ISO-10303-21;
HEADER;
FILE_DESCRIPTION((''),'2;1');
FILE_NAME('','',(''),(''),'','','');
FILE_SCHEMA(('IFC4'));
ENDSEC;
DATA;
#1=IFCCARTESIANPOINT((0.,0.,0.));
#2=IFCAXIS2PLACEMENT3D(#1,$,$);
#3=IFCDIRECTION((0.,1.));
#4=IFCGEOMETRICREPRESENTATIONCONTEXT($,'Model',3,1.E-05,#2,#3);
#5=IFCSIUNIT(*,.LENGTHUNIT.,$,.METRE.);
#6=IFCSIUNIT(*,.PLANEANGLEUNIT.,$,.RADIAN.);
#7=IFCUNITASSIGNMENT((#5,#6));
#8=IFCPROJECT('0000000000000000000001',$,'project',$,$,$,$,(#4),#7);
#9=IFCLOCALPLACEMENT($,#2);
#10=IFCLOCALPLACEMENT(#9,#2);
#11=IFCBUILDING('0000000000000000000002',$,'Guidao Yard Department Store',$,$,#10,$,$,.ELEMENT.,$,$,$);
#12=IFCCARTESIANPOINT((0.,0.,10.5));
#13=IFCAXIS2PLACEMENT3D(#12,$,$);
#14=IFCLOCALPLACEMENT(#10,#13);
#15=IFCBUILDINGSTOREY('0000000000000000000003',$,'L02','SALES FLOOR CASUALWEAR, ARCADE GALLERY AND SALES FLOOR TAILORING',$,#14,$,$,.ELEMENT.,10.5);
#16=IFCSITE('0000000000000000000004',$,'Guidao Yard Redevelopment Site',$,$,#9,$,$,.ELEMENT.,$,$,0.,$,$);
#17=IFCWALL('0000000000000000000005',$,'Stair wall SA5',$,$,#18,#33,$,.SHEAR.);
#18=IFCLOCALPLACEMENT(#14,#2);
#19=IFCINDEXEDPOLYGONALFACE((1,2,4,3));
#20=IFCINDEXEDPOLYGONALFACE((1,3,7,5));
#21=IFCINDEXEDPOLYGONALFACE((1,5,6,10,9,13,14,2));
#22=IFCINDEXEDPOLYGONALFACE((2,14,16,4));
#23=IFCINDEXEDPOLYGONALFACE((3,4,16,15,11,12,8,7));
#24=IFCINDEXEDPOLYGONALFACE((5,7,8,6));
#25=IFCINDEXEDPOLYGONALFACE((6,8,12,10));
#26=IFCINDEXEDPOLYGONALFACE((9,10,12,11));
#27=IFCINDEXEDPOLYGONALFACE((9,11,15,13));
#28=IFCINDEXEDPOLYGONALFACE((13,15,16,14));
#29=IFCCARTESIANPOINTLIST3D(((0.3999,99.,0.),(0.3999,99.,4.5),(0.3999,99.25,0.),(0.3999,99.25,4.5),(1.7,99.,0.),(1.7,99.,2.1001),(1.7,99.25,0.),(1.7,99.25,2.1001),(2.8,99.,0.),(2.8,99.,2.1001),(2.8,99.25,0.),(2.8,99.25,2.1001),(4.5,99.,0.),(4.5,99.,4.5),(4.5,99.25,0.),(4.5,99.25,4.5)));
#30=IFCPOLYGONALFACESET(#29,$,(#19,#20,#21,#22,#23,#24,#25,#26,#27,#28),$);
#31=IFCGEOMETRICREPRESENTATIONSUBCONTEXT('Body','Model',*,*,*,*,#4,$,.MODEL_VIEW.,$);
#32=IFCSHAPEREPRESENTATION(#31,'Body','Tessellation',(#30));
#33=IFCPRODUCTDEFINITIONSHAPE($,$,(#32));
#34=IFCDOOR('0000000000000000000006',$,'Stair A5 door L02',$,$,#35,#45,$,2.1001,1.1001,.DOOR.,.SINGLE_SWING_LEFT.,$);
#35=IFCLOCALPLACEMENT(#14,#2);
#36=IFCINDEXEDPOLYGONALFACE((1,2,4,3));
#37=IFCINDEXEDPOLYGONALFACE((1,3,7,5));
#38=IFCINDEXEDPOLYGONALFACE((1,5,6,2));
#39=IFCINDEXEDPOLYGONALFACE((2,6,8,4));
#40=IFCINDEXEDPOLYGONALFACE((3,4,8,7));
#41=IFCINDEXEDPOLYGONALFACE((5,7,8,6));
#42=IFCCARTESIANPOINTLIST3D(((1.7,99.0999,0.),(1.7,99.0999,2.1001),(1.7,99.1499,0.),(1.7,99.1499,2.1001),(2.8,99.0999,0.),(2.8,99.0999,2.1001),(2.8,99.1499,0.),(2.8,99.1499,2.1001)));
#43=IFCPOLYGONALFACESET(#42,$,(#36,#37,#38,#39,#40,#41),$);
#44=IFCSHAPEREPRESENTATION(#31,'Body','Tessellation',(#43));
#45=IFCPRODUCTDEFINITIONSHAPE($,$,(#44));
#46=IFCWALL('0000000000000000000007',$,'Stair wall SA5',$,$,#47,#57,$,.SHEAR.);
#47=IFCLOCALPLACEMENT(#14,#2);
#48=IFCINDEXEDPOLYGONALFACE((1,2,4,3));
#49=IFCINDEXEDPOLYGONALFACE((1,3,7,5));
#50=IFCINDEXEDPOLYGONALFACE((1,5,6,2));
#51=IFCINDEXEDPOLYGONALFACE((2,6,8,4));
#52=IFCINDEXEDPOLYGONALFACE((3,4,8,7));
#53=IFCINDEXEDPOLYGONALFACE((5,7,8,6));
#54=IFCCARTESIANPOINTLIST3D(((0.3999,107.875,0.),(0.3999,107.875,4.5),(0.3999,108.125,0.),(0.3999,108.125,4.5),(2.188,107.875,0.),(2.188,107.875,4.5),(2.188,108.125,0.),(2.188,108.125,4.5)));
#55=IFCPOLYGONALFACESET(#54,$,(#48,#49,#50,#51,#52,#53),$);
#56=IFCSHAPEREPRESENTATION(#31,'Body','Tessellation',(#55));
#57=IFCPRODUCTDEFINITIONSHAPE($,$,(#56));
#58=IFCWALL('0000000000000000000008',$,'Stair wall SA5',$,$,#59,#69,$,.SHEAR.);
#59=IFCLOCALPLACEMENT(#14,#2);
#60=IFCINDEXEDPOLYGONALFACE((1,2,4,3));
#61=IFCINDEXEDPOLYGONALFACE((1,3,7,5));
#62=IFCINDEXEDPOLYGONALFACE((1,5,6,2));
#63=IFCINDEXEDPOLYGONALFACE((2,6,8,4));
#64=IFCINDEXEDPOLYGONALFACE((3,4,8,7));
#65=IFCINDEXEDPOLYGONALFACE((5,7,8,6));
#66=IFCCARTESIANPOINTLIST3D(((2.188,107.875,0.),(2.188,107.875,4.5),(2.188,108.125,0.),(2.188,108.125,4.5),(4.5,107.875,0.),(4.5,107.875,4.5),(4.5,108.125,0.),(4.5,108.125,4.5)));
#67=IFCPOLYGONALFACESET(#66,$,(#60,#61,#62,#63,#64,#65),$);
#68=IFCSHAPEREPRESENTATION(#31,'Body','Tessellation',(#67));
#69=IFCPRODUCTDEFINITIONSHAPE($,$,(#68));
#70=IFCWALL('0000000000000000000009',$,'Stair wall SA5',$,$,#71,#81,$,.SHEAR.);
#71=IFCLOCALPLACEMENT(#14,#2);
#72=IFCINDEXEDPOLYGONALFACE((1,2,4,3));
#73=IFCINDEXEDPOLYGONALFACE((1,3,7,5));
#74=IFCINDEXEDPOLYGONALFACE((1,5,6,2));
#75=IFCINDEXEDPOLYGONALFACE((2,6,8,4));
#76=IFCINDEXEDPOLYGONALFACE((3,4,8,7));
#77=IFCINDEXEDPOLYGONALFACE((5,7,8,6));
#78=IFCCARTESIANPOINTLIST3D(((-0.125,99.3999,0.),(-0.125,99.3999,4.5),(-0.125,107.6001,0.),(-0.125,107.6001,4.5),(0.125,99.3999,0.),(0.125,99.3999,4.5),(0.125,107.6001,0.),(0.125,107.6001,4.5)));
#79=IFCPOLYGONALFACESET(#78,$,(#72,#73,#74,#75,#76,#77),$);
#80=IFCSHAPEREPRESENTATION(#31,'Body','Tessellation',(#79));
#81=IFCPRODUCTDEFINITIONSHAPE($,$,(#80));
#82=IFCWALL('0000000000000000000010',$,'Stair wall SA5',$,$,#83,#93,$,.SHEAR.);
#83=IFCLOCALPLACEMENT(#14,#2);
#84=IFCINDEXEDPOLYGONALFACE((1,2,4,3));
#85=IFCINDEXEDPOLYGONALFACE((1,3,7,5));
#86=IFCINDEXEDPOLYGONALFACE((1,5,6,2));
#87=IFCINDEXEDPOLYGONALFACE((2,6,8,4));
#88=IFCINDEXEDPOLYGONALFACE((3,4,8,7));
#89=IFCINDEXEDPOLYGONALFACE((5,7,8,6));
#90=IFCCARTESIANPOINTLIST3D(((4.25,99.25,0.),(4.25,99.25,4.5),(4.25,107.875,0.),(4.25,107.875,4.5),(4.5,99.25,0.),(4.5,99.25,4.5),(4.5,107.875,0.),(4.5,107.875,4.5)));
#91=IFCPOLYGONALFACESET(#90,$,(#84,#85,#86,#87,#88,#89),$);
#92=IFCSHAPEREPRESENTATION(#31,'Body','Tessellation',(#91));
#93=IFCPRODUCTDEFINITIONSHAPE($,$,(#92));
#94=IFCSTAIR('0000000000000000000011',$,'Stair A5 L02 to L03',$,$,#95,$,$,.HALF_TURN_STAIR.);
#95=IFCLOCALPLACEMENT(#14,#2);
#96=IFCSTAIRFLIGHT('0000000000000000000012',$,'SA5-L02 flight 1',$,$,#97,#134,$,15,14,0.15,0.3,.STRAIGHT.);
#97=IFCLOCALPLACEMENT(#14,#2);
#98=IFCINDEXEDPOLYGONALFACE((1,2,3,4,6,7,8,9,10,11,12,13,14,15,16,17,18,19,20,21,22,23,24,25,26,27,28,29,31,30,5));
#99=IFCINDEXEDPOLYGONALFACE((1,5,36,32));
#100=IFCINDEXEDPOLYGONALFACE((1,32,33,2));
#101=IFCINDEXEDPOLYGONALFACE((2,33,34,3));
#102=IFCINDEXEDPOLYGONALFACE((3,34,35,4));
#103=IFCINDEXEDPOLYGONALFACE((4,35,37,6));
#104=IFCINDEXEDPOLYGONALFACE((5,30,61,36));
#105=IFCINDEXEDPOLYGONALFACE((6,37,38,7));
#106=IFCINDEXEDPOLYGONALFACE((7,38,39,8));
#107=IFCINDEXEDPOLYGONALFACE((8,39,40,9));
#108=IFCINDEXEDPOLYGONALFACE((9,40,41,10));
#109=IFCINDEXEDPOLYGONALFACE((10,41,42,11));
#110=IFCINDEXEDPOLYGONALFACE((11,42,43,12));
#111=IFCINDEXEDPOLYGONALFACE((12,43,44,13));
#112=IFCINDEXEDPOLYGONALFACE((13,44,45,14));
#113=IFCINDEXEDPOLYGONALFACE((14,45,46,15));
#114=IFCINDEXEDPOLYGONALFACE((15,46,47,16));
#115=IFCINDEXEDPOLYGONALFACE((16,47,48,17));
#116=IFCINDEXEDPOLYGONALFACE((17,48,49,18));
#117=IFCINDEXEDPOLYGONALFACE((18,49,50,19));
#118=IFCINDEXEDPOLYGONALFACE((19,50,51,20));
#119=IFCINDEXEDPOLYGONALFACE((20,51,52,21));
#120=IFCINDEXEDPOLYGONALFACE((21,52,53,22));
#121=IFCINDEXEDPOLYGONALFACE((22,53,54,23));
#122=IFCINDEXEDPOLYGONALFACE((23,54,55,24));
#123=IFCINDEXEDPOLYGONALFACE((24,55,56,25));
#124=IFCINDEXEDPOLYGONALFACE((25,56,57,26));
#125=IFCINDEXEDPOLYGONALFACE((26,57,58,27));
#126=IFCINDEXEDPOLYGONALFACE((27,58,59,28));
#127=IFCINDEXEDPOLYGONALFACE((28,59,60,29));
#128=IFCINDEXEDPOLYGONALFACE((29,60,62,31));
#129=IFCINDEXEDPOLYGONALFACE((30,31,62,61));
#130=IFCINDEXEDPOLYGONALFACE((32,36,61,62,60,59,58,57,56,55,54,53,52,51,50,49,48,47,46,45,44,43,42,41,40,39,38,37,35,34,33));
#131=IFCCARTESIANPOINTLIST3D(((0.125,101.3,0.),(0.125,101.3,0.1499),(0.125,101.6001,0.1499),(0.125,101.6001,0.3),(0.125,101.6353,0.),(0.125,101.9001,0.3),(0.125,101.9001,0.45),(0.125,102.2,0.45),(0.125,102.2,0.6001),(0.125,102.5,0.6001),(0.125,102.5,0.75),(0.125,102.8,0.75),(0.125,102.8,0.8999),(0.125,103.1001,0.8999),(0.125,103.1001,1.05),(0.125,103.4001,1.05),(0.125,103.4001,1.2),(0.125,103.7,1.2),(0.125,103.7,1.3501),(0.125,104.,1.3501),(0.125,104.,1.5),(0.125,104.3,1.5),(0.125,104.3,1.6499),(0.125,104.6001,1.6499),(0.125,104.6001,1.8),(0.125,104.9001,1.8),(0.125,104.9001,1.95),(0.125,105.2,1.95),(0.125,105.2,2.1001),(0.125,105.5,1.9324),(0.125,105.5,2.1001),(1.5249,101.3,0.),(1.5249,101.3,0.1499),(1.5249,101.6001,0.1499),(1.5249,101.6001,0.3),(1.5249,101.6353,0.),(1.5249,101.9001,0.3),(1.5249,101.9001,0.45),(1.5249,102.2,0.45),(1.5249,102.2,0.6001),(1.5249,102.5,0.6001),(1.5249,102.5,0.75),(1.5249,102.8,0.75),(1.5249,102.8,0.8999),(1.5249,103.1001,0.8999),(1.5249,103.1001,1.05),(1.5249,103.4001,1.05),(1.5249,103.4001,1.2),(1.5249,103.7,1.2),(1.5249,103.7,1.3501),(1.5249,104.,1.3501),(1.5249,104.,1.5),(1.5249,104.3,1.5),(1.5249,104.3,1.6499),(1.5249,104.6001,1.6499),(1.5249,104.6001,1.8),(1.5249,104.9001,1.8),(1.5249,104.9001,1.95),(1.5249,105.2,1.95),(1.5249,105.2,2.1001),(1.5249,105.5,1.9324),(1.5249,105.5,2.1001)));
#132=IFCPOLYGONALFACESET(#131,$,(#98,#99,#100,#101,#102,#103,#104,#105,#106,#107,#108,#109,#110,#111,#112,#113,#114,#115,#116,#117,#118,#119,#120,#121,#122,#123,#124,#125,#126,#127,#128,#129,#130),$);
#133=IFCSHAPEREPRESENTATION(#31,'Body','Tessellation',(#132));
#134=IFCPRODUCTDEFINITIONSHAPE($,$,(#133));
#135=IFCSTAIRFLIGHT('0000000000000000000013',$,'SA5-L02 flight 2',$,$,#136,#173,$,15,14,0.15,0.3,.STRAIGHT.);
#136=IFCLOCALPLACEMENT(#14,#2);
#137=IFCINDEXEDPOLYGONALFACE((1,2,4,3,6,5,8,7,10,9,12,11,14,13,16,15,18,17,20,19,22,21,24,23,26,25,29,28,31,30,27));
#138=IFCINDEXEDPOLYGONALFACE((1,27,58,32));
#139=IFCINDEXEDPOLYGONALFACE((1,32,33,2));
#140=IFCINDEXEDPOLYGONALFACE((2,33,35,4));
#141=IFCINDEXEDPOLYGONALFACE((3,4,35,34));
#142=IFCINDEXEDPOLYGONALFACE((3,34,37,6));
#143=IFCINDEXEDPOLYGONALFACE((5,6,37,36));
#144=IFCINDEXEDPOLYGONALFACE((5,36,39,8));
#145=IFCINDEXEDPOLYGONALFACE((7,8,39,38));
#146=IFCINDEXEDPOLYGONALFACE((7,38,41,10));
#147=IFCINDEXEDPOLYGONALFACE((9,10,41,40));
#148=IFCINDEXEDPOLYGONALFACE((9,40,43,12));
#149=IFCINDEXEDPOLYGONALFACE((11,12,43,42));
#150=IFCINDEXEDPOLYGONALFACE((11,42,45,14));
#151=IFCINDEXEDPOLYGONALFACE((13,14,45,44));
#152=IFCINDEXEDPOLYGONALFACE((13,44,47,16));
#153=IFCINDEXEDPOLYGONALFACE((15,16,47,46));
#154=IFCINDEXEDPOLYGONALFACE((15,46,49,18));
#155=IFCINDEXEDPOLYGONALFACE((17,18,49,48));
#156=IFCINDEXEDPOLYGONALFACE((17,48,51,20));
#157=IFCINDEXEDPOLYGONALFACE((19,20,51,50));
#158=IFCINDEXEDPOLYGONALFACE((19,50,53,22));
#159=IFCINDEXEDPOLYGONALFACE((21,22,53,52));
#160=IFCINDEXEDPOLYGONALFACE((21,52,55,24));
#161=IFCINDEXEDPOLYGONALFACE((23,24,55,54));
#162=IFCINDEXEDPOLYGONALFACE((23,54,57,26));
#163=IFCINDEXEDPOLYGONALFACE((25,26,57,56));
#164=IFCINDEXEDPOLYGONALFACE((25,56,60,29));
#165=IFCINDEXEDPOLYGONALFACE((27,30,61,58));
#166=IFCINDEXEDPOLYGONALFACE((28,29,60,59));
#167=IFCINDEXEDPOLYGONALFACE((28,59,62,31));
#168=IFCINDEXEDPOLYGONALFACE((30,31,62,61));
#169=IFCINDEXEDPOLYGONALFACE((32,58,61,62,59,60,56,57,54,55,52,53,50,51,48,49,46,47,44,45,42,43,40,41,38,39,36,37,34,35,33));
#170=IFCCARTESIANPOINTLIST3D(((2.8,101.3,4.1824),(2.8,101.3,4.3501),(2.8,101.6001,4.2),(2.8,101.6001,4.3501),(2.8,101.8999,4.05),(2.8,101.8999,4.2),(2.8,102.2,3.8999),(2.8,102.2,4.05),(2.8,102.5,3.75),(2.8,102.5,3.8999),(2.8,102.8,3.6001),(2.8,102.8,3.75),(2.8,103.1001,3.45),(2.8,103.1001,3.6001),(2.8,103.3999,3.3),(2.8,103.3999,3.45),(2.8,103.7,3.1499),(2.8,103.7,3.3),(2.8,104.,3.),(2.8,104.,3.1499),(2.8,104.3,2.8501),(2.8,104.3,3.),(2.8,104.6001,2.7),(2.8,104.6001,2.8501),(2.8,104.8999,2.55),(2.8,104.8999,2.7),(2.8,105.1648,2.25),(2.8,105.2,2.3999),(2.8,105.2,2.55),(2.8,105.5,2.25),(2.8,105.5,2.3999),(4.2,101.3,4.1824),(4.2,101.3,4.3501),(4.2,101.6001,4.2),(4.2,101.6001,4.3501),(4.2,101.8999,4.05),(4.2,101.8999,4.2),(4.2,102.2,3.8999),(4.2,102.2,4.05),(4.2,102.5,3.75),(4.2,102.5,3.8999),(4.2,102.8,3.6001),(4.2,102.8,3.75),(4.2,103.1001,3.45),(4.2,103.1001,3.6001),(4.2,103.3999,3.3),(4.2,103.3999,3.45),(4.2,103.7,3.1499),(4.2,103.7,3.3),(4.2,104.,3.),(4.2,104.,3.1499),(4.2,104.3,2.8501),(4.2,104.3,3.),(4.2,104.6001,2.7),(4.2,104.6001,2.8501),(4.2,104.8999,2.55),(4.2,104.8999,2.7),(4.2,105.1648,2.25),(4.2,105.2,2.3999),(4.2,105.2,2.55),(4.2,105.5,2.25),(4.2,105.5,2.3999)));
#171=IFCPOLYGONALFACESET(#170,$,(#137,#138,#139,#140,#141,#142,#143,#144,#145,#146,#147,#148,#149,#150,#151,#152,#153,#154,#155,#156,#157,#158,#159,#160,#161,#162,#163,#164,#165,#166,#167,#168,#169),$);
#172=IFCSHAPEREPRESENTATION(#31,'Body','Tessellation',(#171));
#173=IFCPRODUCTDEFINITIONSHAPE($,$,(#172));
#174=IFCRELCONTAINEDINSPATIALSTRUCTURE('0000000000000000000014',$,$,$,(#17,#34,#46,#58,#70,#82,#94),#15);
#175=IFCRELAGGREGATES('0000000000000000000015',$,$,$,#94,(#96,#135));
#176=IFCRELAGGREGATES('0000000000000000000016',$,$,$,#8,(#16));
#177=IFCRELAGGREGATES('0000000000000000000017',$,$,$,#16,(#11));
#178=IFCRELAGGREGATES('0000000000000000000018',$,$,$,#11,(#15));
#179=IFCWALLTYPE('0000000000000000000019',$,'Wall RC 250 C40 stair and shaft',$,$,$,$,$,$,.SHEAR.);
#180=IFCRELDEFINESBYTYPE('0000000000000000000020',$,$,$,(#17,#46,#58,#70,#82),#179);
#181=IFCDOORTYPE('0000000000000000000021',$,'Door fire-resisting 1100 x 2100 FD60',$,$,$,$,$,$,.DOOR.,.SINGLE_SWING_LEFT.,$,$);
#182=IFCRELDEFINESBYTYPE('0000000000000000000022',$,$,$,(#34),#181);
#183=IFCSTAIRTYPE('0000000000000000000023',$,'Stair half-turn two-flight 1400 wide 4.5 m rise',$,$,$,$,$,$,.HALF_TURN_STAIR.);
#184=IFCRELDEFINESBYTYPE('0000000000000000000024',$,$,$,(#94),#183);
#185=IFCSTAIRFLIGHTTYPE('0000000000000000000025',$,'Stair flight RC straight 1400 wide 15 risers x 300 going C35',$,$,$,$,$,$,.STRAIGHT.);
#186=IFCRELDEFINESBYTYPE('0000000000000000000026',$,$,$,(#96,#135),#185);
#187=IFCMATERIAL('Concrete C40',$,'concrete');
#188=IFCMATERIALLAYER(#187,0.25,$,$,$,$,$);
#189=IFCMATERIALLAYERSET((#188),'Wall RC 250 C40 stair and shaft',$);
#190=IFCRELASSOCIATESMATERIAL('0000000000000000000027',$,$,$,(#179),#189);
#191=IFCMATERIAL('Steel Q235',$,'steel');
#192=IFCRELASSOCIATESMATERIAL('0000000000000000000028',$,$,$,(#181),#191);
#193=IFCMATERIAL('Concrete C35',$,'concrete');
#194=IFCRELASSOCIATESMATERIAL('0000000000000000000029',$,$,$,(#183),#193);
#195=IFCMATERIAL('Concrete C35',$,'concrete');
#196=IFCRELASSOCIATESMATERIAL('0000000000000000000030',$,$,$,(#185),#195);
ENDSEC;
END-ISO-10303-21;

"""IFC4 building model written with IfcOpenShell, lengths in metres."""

from ifc_helpers import new_model, si_unit, direction, frame, frame_2d, origin, place, context, subcontext, project, spatial, polyline, rectangle, outline, extrude, material, layer, layer_set, type_object, element, fill, aggregate, save


model = new_model("IFC4")

# Units and contexts
model_context = context("Model", 3, precision=1e-05, world=origin(), true_north=direction((0.0, 1.0)))
body_context = subcontext(model_context, "Body", "Model", "MODEL_VIEW")
ifc_project = project(units=[si_unit("LENGTHUNIT", "METRE"), si_unit("PLANEANGLEUNIT", "RADIAN")], contexts=[model_context])

# Site, building, storey
site_placement = place(None, origin())
site = spatial("IfcSite", under=ifc_project, at=site_placement, Name="Guidao Yard Redevelopment Site", CompositionType="ELEMENT", RefElevation=0.0)
building_placement = place(site_placement, origin())
building = spatial("IfcBuilding", under=site, at=building_placement, Name="Guidao Yard Department Store", CompositionType="ELEMENT")
storey_placement = place(building_placement, frame((0.0, 0.0, 10.5)))
storey = spatial("IfcBuildingStorey", under=building, at=storey_placement, Name="L02", Description="SALES FLOOR CASUALWEAR, ARCADE GALLERY AND SALES FLOOR TAILORING", CompositionType="ELEMENT", Elevation=10.5)

# Wall, opening, door
ifc_material_1 = material(Name="Concrete C40", Category="concrete")
ifc_layer_1 = layer(ifc_material_1, 0.25)
ifc_layer_set_1 = layer_set([ifc_layer_1], Name="Wall RC 250 C40 stair and shaft")
wall_type_1 = type_object("IfcWallType", Name="Wall RC 250 C40 stair and shaft", PredefinedType="SHEAR", material=ifc_layer_set_1)
wall_1_placement = place(storey_placement, frame((0.3999, 99.125, 0.0), z_axis=(0.0, 0.0, 1.0), x_axis=(1.0, 0.0, 0.0)))
wall_1 = element("IfcWall", 1, at=wall_1_placement, inside=storey, type_object=wall_type_1, Name="Stair wall SA5", PredefinedType="SHEAR", context=body_context, shape_type="SweptSolid", body=[
    extrude(rectangle(XDim=4.1001, YDim=0.25, at=frame_2d((2.05, 0.0))), origin(), (0.0, 0.0, 1.0), 4.5),
])
opening_1_placement = place(wall_1_placement, frame((1.3, 0.0, 0.0)))
opening_1 = element("IfcOpeningElement", 2, at=opening_1_placement, cuts=wall_1, PredefinedType="OPENING", context=body_context, shape_type="SweptSolid", body=[
    extrude(rectangle(XDim=1.1001, YDim=2.1001, at=frame_2d((0.55, 1.05))), frame((0.0, 0.135, 0.0), z_axis=(0.0, -1.0, 0.0), x_axis=(1.0, 0.0, 0.0)), (0.0, 0.0, 1.0), 0.27),
])
ifc_material_2 = material(Name="Steel Q235", Category="steel")
door_type = type_object("IfcDoorType", Name="Door fire-resisting 1100 x 2100 FD60", OperationType="SINGLE_SWING_LEFT", PredefinedType="DOOR", material=ifc_material_2)
door_placement = place(opening_1_placement, origin())
door = element("IfcDoor", 3, at=door_placement, inside=storey, type_object=door_type, Name="Stair A5 door L02", OperationType="SINGLE_SWING_LEFT", OverallHeight=2.1001, OverallWidth=1.1001, PredefinedType="DOOR", context=body_context, shape_type="SweptSolid", body=[
    extrude(rectangle(XDim=1.1001, YDim=2.1001, at=frame_2d((0.55, 1.05))), frame((0.0, 0.0249, 0.0), z_axis=(0.0, -1.0, 0.0), x_axis=(1.0, 0.0, 0.0)), (0.0, 0.0, 1.0), 0.05),
])
fill(opening_1, door)

# Walls
wall_2_placement = place(storey_placement, frame((0.3999, 108.0, 0.0), z_axis=(0.0, 0.0, 1.0), x_axis=(1.0, 0.0, 0.0)))
element("IfcWall", 4, at=wall_2_placement, inside=storey, type_object=wall_type_1, Name="Stair wall SA5", PredefinedType="SHEAR", context=body_context, shape_type="SweptSolid", body=[
    extrude(rectangle(XDim=1.7881, YDim=0.25, at=frame_2d((0.894, 0.0))), origin(), (0.0, 0.0, 1.0), 4.5),
])
wall_3_placement = place(storey_placement, frame((2.188, 108.0, 0.0), z_axis=(0.0, 0.0, 1.0), x_axis=(1.0, 0.0, 0.0)))
element("IfcWall", 5, at=wall_3_placement, inside=storey, type_object=wall_type_1, Name="Stair wall SA5", PredefinedType="SHEAR", context=body_context, shape_type="SweptSolid", body=[
    extrude(rectangle(XDim=2.312, YDim=0.25, at=frame_2d((1.156, 0.0))), origin(), (0.0, 0.0, 1.0), 4.5),
])
wall_4_placement = place(storey_placement, frame((0.0, 99.3999, 0.0), z_axis=(0.0, 0.0, 1.0), x_axis=(0.0, 1.0, 0.0)))
element("IfcWall", 6, at=wall_4_placement, inside=storey, type_object=wall_type_1, Name="Stair wall SA5", PredefinedType="SHEAR", context=body_context, shape_type="SweptSolid", body=[
    extrude(rectangle(XDim=8.2002, YDim=0.25, at=frame_2d((4.1001, 0.0))), origin(), (0.0, 0.0, 1.0), 4.5),
])
wall_5_placement = place(storey_placement, frame((4.375, 99.25, 0.0), z_axis=(0.0, 0.0, 1.0), x_axis=(0.0, 1.0, 0.0)))
element("IfcWall", 7, at=wall_5_placement, inside=storey, type_object=wall_type_1, Name="Stair wall SA5", PredefinedType="SHEAR", context=body_context, shape_type="SweptSolid", body=[
    extrude(rectangle(XDim=8.625, YDim=0.25, at=frame_2d((4.3125, 0.0))), origin(), (0.0, 0.0, 1.0), 4.5),
])

# Stair, stair flights
ifc_material_3 = material(Name="Concrete C35", Category="concrete")
stair_type = type_object("IfcStairType", Name="Stair half-turn two-flight 1400 wide 4.5 m rise", PredefinedType="HALF_TURN_STAIR", material=ifc_material_3)
stair_placement = place(storey_placement, origin())
stair = element("IfcStair", 8, at=stair_placement, inside=storey, type_object=stair_type, Name="Stair A5 L02 to L03", PredefinedType="HALF_TURN_STAIR")
ifc_material_4 = material(Name="Concrete C35", Category="concrete")
stair_flight_type = type_object("IfcStairFlightType", Name="Stair flight RC straight 1400 wide 15 risers x 300 going C35", PredefinedType="STRAIGHT", material=ifc_material_4)
stair_flight_1_placement = place(storey_placement, frame((0.825, 101.3, 0.0), z_axis=(0.0, 0.0, 1.0), x_axis=(0.0, 1.0, 0.0)))
stair_flight_1 = element("IfcStairFlight", 9, at=stair_flight_1_placement, type_object=stair_flight_type, Name="SA5-L02 flight 1", NumberOfRisers=15, NumberOfTreads=14, PredefinedType="STRAIGHT", RiserHeight=0.15, TreadLength=0.3, context=body_context, shape_type="SweptSolid", body=[
    extrude(outline(polyline([(0.0, 0.0), (0.0, 0.1499), (0.3, 0.1499), (0.3, 0.3), (0.6001, 0.3), (0.6001, 0.45), (0.8999, 0.45), (0.8999, 0.6001), (1.2, 0.6001), (1.2, 0.75), (1.5, 0.75), (1.5, 0.8999), (1.8, 0.8999), (1.8, 1.05), (2.1001, 1.05), (2.1001, 1.2), (2.3999, 1.2), (2.3999, 1.3501), (2.7, 1.3501), (2.7, 1.5), (3.0, 1.5), (3.0, 1.6499), (3.3, 1.6499), (3.3, 1.8), (3.6001, 1.8), (3.6001, 1.95), (3.8999, 1.95), (3.8999, 2.1001), (4.2, 2.1001), (4.2, 2.25), (4.2, 1.9324), (0.3352, 0.0), (0.0, 0.0)])), frame((0.0, 0.7, 0.0), z_axis=(0.0, -1.0, 0.0), x_axis=(1.0, 0.0, 0.0)), (0.0, 0.0, 1.0), 1.3999),
])
stair_flight_2_placement = place(storey_placement, frame((3.5, 105.5, 2.25), z_axis=(0.0, 0.0, 1.0), x_axis=(0.0, -1.0, 0.0)))
stair_flight_2 = element("IfcStairFlight", 10, at=stair_flight_2_placement, type_object=stair_flight_type, Name="SA5-L02 flight 2", NumberOfRisers=15, NumberOfTreads=14, PredefinedType="STRAIGHT", RiserHeight=0.15, TreadLength=0.3, context=body_context, shape_type="SweptSolid", body=[
    extrude(outline(polyline([(0.0, 0.0), (0.0, 0.1499), (0.3, 0.1499), (0.3, 0.3), (0.6001, 0.3), (0.6001, 0.45), (0.8999, 0.45), (0.8999, 0.6001), (1.2, 0.6001), (1.2, 0.75), (1.5, 0.75), (1.5, 0.8999), (1.8, 0.8999), (1.8, 1.05), (2.1001, 1.05), (2.1001, 1.2), (2.3999, 1.2), (2.3999, 1.3501), (2.7, 1.3501), (2.7, 1.5), (3.0, 1.5), (3.0, 1.6499), (3.3, 1.6499), (3.3, 1.8), (3.6001, 1.8), (3.6001, 1.95), (3.8999, 1.95), (3.8999, 2.1001), (4.2, 2.1001), (4.2, 2.25), (4.2, 1.9324), (0.3352, 0.0), (0.0, 0.0)])), frame((0.0, 0.7, 0.0), z_axis=(0.0, -1.0, 0.0), x_axis=(1.0, 0.0, 0.0)), (0.0, 0.0, 1.0), 1.3999),
])
aggregate(stair, [stair_flight_1, stair_flight_2])

save(model, "model.ifc")
